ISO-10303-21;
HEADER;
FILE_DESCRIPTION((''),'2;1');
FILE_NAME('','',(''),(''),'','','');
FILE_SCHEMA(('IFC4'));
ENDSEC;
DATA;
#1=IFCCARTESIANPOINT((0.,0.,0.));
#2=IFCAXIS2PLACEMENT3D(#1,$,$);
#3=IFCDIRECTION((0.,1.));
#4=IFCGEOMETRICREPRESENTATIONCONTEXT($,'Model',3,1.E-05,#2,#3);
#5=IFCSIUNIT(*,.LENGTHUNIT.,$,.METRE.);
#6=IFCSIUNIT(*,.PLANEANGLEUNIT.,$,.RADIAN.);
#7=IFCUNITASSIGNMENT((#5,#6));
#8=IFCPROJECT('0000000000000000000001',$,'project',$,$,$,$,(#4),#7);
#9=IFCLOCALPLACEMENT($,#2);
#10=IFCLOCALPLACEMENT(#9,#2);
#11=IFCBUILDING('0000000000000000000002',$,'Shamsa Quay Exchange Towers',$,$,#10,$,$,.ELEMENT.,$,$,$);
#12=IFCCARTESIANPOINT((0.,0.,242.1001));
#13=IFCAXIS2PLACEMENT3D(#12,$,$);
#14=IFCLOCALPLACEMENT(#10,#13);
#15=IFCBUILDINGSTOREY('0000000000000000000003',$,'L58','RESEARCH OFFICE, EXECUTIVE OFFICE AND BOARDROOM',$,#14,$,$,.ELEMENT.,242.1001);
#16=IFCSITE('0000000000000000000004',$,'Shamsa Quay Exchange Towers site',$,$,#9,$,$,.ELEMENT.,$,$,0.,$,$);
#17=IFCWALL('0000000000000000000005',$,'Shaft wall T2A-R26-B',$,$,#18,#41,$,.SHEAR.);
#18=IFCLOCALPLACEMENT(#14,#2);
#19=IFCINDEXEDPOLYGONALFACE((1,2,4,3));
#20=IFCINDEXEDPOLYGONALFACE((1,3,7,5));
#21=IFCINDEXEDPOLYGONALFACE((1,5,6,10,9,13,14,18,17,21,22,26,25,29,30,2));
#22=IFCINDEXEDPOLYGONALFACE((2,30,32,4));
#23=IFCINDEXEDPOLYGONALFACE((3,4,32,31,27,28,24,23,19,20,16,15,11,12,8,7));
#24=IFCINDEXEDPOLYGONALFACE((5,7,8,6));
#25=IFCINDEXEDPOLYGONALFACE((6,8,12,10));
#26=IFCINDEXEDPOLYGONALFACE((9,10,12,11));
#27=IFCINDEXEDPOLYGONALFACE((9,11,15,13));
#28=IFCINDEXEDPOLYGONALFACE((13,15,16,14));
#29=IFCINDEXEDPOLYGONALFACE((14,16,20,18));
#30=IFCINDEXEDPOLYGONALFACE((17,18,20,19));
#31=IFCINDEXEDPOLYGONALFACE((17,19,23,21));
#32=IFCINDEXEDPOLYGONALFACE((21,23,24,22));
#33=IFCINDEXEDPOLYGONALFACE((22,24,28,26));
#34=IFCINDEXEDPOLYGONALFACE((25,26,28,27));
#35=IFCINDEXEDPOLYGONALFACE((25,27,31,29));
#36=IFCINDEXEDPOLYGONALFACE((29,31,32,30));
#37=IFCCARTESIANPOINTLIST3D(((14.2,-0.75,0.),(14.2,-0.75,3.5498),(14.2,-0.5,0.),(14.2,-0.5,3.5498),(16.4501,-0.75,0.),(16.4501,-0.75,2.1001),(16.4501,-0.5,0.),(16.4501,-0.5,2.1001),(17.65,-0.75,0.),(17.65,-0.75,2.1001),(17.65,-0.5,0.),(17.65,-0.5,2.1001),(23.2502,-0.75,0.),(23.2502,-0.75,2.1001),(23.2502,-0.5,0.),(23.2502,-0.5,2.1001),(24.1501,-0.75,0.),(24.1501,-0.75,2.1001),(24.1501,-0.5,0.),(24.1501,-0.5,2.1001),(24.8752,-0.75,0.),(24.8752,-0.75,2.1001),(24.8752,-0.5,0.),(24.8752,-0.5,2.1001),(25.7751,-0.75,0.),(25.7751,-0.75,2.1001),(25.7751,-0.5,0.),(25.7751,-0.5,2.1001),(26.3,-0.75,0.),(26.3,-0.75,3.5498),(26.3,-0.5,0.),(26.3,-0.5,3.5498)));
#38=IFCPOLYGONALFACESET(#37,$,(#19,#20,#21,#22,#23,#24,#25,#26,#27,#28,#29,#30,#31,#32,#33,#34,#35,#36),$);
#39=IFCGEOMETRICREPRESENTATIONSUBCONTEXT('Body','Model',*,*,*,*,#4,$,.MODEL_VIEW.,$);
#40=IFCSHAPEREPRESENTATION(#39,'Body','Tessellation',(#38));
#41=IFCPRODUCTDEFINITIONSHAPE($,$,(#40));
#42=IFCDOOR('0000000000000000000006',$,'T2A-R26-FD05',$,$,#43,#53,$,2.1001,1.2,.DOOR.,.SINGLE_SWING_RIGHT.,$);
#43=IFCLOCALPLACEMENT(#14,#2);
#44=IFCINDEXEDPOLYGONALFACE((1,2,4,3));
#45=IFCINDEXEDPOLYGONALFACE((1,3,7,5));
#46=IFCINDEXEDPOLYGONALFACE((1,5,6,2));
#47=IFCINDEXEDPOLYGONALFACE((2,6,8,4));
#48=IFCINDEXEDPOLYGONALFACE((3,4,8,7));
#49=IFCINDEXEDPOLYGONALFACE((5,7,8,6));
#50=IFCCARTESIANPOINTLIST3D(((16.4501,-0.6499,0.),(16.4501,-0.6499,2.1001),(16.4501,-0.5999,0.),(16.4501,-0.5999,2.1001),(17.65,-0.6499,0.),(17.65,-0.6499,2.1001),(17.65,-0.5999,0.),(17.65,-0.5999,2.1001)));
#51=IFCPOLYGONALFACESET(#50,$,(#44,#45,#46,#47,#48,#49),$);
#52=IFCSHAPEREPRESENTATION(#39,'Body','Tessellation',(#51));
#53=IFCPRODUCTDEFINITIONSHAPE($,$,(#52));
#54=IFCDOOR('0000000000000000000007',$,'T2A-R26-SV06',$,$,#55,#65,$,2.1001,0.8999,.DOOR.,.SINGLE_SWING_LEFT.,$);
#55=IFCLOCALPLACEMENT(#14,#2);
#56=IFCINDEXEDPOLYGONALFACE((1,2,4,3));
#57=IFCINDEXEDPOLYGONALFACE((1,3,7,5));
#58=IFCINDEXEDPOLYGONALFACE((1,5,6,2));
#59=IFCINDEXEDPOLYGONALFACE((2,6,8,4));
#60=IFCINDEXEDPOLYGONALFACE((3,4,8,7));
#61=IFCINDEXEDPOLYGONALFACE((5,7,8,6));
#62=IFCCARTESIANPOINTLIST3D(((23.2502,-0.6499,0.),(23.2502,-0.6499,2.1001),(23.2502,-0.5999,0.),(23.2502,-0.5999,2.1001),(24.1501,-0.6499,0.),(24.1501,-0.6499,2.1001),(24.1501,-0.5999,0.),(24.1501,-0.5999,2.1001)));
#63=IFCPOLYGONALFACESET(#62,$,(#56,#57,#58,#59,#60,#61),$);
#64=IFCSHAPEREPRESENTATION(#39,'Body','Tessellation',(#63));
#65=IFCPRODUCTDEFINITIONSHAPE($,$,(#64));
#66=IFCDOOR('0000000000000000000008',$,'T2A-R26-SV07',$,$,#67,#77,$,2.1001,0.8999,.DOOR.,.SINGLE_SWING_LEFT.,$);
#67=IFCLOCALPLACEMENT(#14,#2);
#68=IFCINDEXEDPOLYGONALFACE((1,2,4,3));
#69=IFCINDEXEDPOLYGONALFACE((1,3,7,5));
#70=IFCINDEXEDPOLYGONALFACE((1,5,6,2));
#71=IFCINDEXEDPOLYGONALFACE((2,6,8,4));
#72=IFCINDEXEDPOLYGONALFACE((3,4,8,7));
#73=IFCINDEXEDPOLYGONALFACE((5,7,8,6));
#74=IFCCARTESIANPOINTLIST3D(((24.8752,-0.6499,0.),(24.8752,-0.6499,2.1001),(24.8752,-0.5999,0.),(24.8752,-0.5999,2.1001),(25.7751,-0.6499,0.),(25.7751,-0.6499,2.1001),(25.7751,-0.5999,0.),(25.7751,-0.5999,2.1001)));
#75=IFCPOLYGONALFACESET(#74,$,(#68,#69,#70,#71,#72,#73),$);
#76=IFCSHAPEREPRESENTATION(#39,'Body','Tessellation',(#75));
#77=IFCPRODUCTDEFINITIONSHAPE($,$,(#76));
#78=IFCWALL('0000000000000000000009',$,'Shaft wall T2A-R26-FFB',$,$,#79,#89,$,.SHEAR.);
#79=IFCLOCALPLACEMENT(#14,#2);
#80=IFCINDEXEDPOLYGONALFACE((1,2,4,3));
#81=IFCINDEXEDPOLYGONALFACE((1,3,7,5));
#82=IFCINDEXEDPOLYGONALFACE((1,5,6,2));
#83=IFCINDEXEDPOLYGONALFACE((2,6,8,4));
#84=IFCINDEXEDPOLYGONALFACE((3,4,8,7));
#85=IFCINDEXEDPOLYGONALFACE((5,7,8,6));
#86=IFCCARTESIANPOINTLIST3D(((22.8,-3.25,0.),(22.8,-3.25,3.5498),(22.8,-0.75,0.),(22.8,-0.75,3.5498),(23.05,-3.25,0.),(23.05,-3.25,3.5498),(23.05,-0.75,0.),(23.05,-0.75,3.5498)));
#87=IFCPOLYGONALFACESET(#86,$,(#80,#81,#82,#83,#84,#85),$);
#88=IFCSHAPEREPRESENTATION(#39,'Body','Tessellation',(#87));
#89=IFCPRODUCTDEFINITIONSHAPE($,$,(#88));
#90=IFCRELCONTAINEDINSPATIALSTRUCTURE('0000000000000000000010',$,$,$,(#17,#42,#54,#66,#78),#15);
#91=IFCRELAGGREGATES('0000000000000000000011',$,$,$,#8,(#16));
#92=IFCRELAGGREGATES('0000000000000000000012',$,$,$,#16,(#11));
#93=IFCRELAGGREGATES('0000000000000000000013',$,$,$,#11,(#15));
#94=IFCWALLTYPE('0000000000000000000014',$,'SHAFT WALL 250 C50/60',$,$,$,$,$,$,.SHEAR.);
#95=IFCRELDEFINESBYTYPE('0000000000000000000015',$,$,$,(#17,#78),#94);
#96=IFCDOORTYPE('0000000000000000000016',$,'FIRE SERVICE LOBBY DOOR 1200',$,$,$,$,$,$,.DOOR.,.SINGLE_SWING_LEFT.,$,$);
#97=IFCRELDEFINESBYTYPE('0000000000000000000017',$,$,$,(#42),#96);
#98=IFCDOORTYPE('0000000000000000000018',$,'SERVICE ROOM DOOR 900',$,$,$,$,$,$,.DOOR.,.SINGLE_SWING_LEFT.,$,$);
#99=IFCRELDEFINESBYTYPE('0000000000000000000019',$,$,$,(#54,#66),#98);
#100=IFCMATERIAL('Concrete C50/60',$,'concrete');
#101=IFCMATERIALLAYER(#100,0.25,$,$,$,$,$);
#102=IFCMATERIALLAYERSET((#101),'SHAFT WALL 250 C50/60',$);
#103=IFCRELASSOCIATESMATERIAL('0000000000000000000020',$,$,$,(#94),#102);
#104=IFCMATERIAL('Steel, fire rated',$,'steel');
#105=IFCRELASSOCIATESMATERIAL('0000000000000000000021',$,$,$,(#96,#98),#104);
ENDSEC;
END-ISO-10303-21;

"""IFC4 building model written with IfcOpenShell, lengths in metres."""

from ifc_helpers import new_model, si_unit, direction, frame, frame_2d, origin, place, context, subcontext, project, spatial, rectangle, extrude, material, layer, layer_set, type_object, element, fill, save


model = new_model("IFC4")

# Units and contexts
model_context = context("Model", 3, precision=1e-05, world=origin(), true_north=direction((0.0, 1.0)))
body_context = subcontext(model_context, "Body", "Model", "MODEL_VIEW")
ifc_project = project(units=[si_unit("LENGTHUNIT", "METRE"), si_unit("PLANEANGLEUNIT", "RADIAN")], contexts=[model_context])

# Site, building, storey
site_placement = place(None, origin())
site = spatial("IfcSite", under=ifc_project, at=site_placement, Name="Shamsa Quay Exchange Towers site", CompositionType="ELEMENT", RefElevation=0.0)
building_placement = place(site_placement, origin())
building = spatial("IfcBuilding", under=site, at=building_placement, Name="Shamsa Quay Exchange Towers", CompositionType="ELEMENT")
storey_placement = place(building_placement, frame((0.0, 0.0, 242.1001)))
storey = spatial("IfcBuildingStorey", under=building, at=storey_placement, Name="L58", Description="RESEARCH OFFICE, EXECUTIVE OFFICE AND BOARDROOM", CompositionType="ELEMENT", Elevation=242.1001)

# Shared definitions
ifc_material_1 = material(Name="Concrete C50/60", Category="concrete")
ifc_layer_1 = layer(ifc_material_1, 0.25)
ifc_layer_set_1 = layer_set([ifc_layer_1], Name="SHAFT WALL 250 C50/60")
wall_type_1 = type_object("IfcWallType", Name="SHAFT WALL 250 C50/60", PredefinedType="SHEAR", material=ifc_layer_set_1)
ifc_material_2 = material(Name="Steel, fire rated", Category="steel")

# Wall, openings, doors
wall_1_placement = place(storey_placement, frame((26.3, -0.625, 0.0), z_axis=(0.0, 0.0, 1.0), x_axis=(-1.0, 0.0, 0.0)))
wall_1 = element("IfcWall", 1, at=wall_1_placement, inside=storey, type_object=wall_type_1, Name="Shaft wall T2A-R26-B", PredefinedType="SHEAR", context=body_context, shape_type="SweptSolid", body=[
    extrude(rectangle(XDim=12.1001, YDim=0.25, at=frame_2d((6.05, 0.0))), origin(), (0.0, 0.0, 1.0), 3.5498),
])
opening_1_placement = place(wall_1_placement, frame((8.6499, 0.0, 0.0)))
opening_1 = element("IfcOpeningElement", 2, at=opening_1_placement, cuts=wall_1, PredefinedType="OPENING", context=body_context, shape_type="SweptSolid", body=[
    extrude(rectangle(XDim=1.2, YDim=2.1001, at=frame_2d((0.6001, 1.05))), frame((0.0, 0.135, 0.0), z_axis=(0.0, -1.0, 0.0), x_axis=(1.0, 0.0, 0.0)), (0.0, 0.0, 1.0), 0.27),
])
opening_2_placement = place(wall_1_placement, frame((2.1499, 0.0, 0.0)))
opening_2 = element("IfcOpeningElement", 3, at=opening_2_placement, cuts=wall_1, PredefinedType="OPENING", context=body_context, shape_type="SweptSolid", body=[
    extrude(rectangle(XDim=0.8999, YDim=2.1001, at=frame_2d((0.45, 1.05))), frame((0.0, 0.135, 0.0), z_axis=(0.0, -1.0, 0.0), x_axis=(1.0, 0.0, 0.0)), (0.0, 0.0, 1.0), 0.27),
])
opening_3_placement = place(wall_1_placement, frame((0.5249, 0.0, 0.0)))
opening_3 = element("IfcOpeningElement", 4, at=opening_3_placement, cuts=wall_1, PredefinedType="OPENING", context=body_context, shape_type="SweptSolid", body=[
    extrude(rectangle(XDim=0.8999, YDim=2.1001, at=frame_2d((0.45, 1.05))), frame((0.0, 0.135, 0.0), z_axis=(0.0, -1.0, 0.0), x_axis=(1.0, 0.0, 0.0)), (0.0, 0.0, 1.0), 0.27),
])
door_type_1 = type_object("IfcDoorType", Name="FIRE SERVICE LOBBY DOOR 1200", OperationType="SINGLE_SWING_LEFT", PredefinedType="DOOR", material=ifc_material_2)
door_1_placement = place(opening_1_placement, origin())
door_1 = element("IfcDoor", 5, at=door_1_placement, inside=storey, type_object=door_type_1, Name="T2A-R26-FD05", OperationType="SINGLE_SWING_RIGHT", OverallHeight=2.1001, OverallWidth=1.2, PredefinedType="DOOR", context=body_context, shape_type="SweptSolid", body=[
    extrude(rectangle(XDim=1.2, YDim=2.1001, at=frame_2d((0.6001, 1.05))), frame((0.0, 0.0249, 0.0), z_axis=(0.0, -1.0, 0.0), x_axis=(1.0, 0.0, 0.0)), (0.0, 0.0, 1.0), 0.05),
])
fill(opening_1, door_1)
door_type_2 = type_object("IfcDoorType", Name="SERVICE ROOM DOOR 900", OperationType="SINGLE_SWING_LEFT", PredefinedType="DOOR", material=ifc_material_2)
door_2_placement = place(opening_2_placement, origin())
door_2 = element("IfcDoor", 6, at=door_2_placement, inside=storey, type_object=door_type_2, Name="T2A-R26-SV06", OperationType="SINGLE_SWING_LEFT", OverallHeight=2.1001, OverallWidth=0.8999, PredefinedType="DOOR", context=body_context, shape_type="SweptSolid", body=[
    extrude(rectangle(XDim=0.8999, YDim=2.1001, at=frame_2d((0.45, 1.05))), frame((0.0, 0.0249, 0.0), z_axis=(0.0, -1.0, 0.0), x_axis=(1.0, 0.0, 0.0)), (0.0, 0.0, 1.0), 0.05),
])
fill(opening_2, door_2)
door_3_placement = place(opening_3_placement, origin())
door_3 = element("IfcDoor", 7, at=door_3_placement, inside=storey, type_object=door_type_2, Name="T2A-R26-SV07", OperationType="SINGLE_SWING_LEFT", OverallHeight=2.1001, OverallWidth=0.8999, PredefinedType="DOOR", context=body_context, shape_type="SweptSolid", body=[
    extrude(rectangle(XDim=0.8999, YDim=2.1001, at=frame_2d((0.45, 1.05))), frame((0.0, 0.0249, 0.0), z_axis=(0.0, -1.0, 0.0), x_axis=(1.0, 0.0, 0.0)), (0.0, 0.0, 1.0), 0.05),
])
fill(opening_3, door_3)

# Wall
wall_2_placement = place(storey_placement, frame((22.925, -3.25, 0.0), z_axis=(0.0, 0.0, 1.0), x_axis=(0.0, 1.0, 0.0)))
element("IfcWall", 8, at=wall_2_placement, inside=storey, type_object=wall_type_1, Name="Shaft wall T2A-R26-FFB", PredefinedType="SHEAR", context=body_context, shape_type="SweptSolid", body=[
    extrude(rectangle(XDim=2.5, YDim=0.25, at=frame_2d((1.25, 0.0))), origin(), (0.0, 0.0, 1.0), 3.5498),
])

save(model, "model.ifc")
